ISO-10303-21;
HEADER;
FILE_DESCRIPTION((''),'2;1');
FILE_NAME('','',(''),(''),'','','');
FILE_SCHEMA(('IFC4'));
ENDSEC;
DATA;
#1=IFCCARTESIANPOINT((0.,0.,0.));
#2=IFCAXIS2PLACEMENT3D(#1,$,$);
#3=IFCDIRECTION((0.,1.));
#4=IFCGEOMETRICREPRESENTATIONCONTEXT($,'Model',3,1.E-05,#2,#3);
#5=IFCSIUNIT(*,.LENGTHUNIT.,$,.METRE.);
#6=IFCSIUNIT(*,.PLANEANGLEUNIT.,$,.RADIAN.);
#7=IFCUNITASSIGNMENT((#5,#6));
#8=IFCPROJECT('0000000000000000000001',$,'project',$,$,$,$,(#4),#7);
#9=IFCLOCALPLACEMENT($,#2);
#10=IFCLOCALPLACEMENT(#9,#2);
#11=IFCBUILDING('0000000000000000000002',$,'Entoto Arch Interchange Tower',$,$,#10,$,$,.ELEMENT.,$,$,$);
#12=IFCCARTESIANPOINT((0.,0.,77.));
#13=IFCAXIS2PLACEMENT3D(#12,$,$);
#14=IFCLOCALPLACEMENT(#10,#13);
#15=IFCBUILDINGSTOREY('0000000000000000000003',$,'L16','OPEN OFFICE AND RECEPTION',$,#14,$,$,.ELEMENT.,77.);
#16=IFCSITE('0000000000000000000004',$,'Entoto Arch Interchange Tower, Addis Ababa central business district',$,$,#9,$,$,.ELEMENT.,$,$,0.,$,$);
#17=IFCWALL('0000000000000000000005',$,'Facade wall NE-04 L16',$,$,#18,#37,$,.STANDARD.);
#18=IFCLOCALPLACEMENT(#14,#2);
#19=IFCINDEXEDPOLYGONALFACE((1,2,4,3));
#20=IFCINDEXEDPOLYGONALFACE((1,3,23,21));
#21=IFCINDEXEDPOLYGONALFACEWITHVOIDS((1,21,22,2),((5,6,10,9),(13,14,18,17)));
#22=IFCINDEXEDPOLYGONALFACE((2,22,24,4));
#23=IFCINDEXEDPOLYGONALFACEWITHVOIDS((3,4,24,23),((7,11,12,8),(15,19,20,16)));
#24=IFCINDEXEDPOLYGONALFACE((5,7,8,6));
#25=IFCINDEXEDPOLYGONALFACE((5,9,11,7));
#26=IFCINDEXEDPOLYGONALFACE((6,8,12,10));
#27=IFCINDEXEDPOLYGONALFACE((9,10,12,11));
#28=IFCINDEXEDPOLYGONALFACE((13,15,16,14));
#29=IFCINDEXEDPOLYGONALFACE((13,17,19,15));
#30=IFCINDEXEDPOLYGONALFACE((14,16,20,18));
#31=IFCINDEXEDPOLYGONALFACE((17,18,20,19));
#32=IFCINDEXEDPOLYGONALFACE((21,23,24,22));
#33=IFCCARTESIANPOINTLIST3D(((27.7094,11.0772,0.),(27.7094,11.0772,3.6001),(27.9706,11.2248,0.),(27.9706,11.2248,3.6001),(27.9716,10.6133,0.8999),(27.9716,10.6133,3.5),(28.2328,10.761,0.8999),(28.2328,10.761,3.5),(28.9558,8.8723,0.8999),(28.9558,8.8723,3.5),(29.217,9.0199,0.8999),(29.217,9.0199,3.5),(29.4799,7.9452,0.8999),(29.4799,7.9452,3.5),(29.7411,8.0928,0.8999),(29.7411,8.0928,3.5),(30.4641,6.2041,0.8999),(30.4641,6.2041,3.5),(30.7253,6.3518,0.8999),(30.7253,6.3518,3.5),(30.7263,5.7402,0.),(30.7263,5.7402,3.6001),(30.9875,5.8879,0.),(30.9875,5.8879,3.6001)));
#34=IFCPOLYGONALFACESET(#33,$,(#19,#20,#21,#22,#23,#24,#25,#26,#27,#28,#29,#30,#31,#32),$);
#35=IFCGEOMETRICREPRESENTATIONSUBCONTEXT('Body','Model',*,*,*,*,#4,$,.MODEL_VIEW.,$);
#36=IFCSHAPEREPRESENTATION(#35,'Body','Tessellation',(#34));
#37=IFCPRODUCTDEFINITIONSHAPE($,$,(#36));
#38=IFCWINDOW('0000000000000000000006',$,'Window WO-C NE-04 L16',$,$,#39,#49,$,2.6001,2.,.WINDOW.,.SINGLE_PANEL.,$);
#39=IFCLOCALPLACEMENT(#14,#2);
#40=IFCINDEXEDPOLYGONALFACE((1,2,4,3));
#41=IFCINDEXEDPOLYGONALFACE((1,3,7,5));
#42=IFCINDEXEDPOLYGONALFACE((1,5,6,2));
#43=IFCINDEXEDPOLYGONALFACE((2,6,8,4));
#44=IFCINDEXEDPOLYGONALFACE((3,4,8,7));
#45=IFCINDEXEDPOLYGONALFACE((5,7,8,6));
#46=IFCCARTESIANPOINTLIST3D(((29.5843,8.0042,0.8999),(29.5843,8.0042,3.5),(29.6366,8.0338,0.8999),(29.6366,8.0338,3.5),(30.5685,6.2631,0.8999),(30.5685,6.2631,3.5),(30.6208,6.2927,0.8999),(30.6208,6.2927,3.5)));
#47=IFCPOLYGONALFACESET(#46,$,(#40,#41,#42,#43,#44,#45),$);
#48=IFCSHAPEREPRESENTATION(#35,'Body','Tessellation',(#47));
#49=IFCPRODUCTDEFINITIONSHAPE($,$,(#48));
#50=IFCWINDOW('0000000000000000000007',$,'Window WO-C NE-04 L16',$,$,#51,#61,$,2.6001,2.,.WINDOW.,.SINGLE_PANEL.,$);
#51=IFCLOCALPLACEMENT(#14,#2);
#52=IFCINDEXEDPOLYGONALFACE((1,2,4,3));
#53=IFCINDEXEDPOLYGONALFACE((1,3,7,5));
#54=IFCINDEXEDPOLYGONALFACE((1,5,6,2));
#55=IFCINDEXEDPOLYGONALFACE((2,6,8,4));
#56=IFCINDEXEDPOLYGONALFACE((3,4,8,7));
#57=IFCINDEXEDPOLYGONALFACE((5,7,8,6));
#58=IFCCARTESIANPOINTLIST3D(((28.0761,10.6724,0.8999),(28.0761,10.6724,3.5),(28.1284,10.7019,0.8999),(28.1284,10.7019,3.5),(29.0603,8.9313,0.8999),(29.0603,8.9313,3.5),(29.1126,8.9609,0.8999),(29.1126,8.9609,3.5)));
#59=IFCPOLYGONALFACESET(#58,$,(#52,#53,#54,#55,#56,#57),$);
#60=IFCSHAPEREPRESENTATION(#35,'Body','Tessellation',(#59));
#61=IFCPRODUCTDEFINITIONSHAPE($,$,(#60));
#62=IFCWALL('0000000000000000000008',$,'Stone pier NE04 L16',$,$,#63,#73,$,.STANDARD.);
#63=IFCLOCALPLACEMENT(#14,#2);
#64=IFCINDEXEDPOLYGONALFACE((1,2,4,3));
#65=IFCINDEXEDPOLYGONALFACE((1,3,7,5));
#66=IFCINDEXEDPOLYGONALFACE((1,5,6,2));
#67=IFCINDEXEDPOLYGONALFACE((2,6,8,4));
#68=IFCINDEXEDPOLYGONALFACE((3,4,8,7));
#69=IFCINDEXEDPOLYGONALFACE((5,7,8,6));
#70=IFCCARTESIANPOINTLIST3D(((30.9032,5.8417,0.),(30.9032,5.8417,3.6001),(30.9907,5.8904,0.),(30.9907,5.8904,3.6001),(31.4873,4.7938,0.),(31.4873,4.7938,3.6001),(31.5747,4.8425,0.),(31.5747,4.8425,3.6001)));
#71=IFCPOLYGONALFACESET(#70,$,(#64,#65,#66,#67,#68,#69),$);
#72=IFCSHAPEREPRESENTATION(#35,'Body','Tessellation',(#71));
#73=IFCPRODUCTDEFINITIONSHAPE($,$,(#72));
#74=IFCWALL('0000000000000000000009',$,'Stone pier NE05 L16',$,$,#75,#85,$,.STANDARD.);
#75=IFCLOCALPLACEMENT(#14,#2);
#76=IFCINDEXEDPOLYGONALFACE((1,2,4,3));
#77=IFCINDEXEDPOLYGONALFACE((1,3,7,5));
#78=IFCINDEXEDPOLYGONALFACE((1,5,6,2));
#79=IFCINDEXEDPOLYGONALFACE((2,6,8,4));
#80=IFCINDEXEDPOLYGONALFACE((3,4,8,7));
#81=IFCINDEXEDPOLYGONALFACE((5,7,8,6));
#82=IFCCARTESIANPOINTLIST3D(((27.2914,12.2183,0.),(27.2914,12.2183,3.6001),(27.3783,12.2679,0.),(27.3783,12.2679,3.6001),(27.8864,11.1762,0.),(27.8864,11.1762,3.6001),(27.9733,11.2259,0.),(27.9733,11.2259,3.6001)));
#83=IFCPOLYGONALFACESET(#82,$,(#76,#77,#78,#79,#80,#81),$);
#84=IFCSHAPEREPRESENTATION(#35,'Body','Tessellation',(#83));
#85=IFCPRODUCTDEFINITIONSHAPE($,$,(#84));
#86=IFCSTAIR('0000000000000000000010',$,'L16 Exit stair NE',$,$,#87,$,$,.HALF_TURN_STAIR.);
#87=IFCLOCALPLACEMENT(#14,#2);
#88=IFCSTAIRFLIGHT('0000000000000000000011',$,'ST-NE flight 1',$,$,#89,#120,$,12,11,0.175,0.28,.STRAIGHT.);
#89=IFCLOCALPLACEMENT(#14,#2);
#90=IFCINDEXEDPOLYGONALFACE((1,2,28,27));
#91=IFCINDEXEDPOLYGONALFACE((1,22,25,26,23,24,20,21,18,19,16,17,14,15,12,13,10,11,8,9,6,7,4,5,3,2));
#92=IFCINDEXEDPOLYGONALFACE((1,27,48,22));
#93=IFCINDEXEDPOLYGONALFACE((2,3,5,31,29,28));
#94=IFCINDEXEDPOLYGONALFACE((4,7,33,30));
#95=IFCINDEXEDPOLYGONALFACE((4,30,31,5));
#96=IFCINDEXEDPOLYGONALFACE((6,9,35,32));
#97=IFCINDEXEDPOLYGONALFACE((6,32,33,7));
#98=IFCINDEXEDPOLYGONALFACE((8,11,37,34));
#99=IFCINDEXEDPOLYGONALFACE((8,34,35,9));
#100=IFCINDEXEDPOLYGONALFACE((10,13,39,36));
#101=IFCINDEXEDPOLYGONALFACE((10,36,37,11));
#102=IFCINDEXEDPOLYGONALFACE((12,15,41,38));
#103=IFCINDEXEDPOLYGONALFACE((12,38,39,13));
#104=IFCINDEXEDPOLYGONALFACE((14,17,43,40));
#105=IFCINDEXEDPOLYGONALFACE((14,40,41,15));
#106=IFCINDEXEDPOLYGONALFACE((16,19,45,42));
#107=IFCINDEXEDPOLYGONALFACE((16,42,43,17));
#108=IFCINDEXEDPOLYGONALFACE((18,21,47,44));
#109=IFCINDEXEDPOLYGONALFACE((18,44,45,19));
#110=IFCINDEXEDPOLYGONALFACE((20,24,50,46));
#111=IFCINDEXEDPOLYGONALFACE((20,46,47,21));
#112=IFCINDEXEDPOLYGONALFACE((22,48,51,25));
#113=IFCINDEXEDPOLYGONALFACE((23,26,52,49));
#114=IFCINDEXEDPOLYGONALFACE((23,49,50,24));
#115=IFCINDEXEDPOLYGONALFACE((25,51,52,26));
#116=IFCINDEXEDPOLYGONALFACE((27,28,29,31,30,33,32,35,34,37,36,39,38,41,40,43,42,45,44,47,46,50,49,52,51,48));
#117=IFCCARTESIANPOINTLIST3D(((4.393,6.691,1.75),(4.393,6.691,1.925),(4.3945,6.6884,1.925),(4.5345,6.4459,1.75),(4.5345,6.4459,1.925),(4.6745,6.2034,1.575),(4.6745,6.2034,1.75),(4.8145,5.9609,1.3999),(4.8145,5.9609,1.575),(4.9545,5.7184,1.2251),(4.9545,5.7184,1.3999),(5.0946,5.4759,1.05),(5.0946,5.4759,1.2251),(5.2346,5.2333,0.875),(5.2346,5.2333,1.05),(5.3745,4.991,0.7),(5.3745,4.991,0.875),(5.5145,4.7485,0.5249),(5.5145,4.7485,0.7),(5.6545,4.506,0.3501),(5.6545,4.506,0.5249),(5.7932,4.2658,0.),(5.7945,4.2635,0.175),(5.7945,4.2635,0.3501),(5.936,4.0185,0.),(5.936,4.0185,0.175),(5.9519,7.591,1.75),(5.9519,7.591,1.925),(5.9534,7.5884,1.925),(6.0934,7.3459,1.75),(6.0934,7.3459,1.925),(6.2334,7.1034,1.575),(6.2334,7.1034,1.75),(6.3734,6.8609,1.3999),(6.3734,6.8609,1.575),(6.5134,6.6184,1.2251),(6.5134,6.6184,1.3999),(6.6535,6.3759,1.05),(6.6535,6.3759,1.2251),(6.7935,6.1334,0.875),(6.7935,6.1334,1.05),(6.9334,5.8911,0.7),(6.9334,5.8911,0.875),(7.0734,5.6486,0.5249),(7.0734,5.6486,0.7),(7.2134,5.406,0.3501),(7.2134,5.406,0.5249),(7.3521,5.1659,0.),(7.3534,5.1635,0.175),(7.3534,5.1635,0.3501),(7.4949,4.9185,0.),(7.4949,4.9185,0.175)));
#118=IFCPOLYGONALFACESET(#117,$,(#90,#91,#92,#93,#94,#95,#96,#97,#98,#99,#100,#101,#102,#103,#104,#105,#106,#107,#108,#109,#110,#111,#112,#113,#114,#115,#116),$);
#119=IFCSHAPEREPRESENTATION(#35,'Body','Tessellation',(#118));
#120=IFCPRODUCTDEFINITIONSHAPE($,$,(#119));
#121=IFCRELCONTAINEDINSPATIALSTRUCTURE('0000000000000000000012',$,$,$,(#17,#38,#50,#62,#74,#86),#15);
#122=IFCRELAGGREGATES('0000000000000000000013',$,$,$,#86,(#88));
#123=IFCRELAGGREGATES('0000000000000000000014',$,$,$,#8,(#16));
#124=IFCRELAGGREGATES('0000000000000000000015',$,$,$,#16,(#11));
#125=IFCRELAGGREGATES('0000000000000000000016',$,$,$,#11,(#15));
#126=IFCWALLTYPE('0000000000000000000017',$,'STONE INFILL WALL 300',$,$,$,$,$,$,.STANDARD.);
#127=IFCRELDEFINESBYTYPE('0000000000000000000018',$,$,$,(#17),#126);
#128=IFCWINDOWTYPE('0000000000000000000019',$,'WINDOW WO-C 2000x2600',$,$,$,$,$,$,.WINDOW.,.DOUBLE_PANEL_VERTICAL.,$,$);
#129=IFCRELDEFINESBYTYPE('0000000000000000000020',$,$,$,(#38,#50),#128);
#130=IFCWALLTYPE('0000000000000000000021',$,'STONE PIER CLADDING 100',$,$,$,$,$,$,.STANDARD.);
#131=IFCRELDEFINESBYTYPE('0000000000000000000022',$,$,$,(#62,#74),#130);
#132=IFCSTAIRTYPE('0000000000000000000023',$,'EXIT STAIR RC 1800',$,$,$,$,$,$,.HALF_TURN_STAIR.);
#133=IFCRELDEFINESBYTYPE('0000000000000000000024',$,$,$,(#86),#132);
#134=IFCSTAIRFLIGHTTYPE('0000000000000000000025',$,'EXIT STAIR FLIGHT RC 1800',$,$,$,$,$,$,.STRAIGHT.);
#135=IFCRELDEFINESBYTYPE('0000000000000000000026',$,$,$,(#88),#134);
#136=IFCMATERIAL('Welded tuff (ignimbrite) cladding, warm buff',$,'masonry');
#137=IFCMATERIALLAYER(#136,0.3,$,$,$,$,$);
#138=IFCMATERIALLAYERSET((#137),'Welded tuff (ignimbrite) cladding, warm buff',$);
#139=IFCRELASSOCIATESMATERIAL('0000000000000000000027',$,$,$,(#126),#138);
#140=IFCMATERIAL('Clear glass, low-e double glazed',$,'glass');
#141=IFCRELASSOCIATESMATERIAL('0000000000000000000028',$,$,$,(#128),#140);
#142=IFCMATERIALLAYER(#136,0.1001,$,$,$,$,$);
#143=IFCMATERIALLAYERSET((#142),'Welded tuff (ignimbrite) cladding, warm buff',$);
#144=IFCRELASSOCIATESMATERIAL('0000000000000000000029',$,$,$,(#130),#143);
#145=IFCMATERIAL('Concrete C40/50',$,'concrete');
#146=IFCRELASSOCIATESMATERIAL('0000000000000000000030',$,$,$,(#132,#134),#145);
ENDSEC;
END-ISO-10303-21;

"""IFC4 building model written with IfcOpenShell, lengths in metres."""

from ifc_helpers import new_model, si_unit, direction, frame, frame_2d, origin, place, context, subcontext, project, spatial, polyline, rectangle, outline, extrude, material, layer, layer_set, type_object, element, fill, aggregate, save


model = new_model("IFC4")

# Units and contexts
model_context = context("Model", 3, precision=1e-05, world=origin(), true_north=direction((0.0, 1.0)))
body_context = subcontext(model_context, "Body", "Model", "MODEL_VIEW")
ifc_project = project(units=[si_unit("LENGTHUNIT", "METRE"), si_unit("PLANEANGLEUNIT", "RADIAN")], contexts=[model_context])

# Site, building, storey
site_placement = place(None, origin())
site = spatial("IfcSite", under=ifc_project, at=site_placement, Name="Entoto Arch Interchange Tower, Addis Ababa central business district", CompositionType="ELEMENT", RefElevation=0.0)
building_placement = place(site_placement, origin())
building = spatial("IfcBuilding", under=site, at=building_placement, Name="Entoto Arch Interchange Tower", CompositionType="ELEMENT")
storey_placement = place(building_placement, frame((0.0, 0.0, 77.0)))
storey = spatial("IfcBuildingStorey", under=building, at=storey_placement, Name="L16", Description="OPEN OFFICE AND RECEPTION", CompositionType="ELEMENT", Elevation=77.0)

# Shared definitions
ifc_material_1 = material(Name="Concrete C40/50", Category="concrete")

# Wall, openings, windows
ifc_material_2 = material(Name="Welded tuff (ignimbrite) cladding, warm buff", Category="masonry")
ifc_layer_1 = layer(ifc_material_2, 0.3)
ifc_layer_set_1 = layer_set([ifc_layer_1], Name="Welded tuff (ignimbrite) cladding, warm buff")
wall_type_1 = type_object("IfcWallType", Name="STONE INFILL WALL 300", PredefinedType="STANDARD", material=ifc_layer_set_1)
wall_1_placement = place(storey_placement, frame((30.8569, 5.814, 0.0), z_axis=(0.0, 0.0, 1.0), x_axis=(-0.492098, 0.87054, 0.0)))
wall_1 = element("IfcWall", 1, at=wall_1_placement, inside=storey, type_object=wall_type_1, Name="Facade wall NE-04 L16", PredefinedType="STANDARD", context=body_context, shape_type="SweptSolid", body=[
    extrude(rectangle(XDim=6.1306, YDim=0.3, at=frame_2d((3.0654, 0.0))), origin(), (0.0, 0.0, 1.0), 3.6001),
])
opening_1_placement = place(wall_1_placement, frame((0.533, 0.0, 0.8999)))
opening_1 = element("IfcOpeningElement", 2, at=opening_1_placement, cuts=wall_1, PredefinedType="OPENING", context=body_context, shape_type="SweptSolid", body=[
    extrude(rectangle(XDim=2.0, YDim=2.6001, at=frame_2d((1.0, 1.3))), frame((0.0, 0.1602, 0.0), z_axis=(0.0, -1.0, 0.0), x_axis=(1.0, 0.0, 0.0)), (0.0, 0.0, 1.0), 0.3201),
])
opening_2_placement = place(wall_1_placement, frame((3.5979, 0.0, 0.8999)))
opening_2 = element("IfcOpeningElement", 3, at=opening_2_placement, cuts=wall_1, PredefinedType="OPENING", context=body_context, shape_type="SweptSolid", body=[
    extrude(rectangle(XDim=2.0, YDim=2.6001, at=frame_2d((1.0, 1.3))), frame((0.0, 0.1602, 0.0), z_axis=(0.0, -1.0, 0.0), x_axis=(1.0, 0.0, 0.0)), (0.0, 0.0, 1.0), 0.3201),
])
ifc_material_3 = material(Name="Clear glass, low-e double glazed", Category="glass")
window_type = type_object("IfcWindowType", Name="WINDOW WO-C 2000x2600", PartitioningType="DOUBLE_PANEL_VERTICAL", PredefinedType="WINDOW", material=ifc_material_3)
window_1_placement = place(opening_1_placement, origin())
window_1 = element("IfcWindow", 4, at=window_1_placement, inside=storey, type_object=window_type, Name="Window WO-C NE-04 L16", OverallHeight=2.6001, OverallWidth=2.0, PartitioningType="SINGLE_PANEL", PredefinedType="WINDOW", context=body_context, shape_type="SweptSolid", body=[
    extrude(rectangle(XDim=2.0, YDim=2.6001, at=frame_2d((1.0, 1.3))), frame((0.0, 0.03, 0.0), z_axis=(0.0, -1.0, 0.0), x_axis=(1.0, 0.0, 0.0)), (0.0, 0.0, 1.0), 0.0601),
])
fill(opening_1, window_1)
window_2_placement = place(opening_2_placement, origin())
window_2 = element("IfcWindow", 5, at=window_2_placement, inside=storey, type_object=window_type, Name="Window WO-C NE-04 L16", OverallHeight=2.6001, OverallWidth=2.0, PartitioningType="SINGLE_PANEL", PredefinedType="WINDOW", context=body_context, shape_type="SweptSolid", body=[
    extrude(rectangle(XDim=2.0, YDim=2.6001, at=frame_2d((1.0, 1.3))), frame((0.0, 0.03, 0.0), z_axis=(0.0, -1.0, 0.0), x_axis=(1.0, 0.0, 0.0)), (0.0, 0.0, 1.0), 0.0601),
])
fill(opening_2, window_2)

# Walls
ifc_layer_2 = layer(ifc_material_2, 0.1001)
ifc_layer_set_2 = layer_set([ifc_layer_2], Name="Welded tuff (ignimbrite) cladding, warm buff")
wall_type_2 = type_object("IfcWallType", Name="STONE PIER CLADDING 100", PredefinedType="STANDARD", material=ifc_layer_set_2)
wall_2_placement = place(storey_placement, frame((31.531, 4.8181, 0.0), z_axis=(0.0, 0.0, 1.0), x_axis=(-0.486818, 0.873504, 0.0)))
element("IfcWall", 6, at=wall_2_placement, inside=storey, type_object=wall_type_2, Name="Stone pier NE04 L16", PredefinedType="STANDARD", context=body_context, shape_type="SweptSolid", body=[
    extrude(rectangle(XDim=1.1997, YDim=0.1001, at=frame_2d((0.5999, 0.0))), origin(), (0.0, 0.0, 1.0), 3.6001),
])
wall_3_placement = place(storey_placement, frame((27.9299, 11.2009, 0.0), z_axis=(0.0, 0.0, 1.0), x_axis=(-0.495854, 0.868406, 0.0)))
element("IfcWall", 7, at=wall_3_placement, inside=storey, type_object=wall_type_2, Name="Stone pier NE05 L16", PredefinedType="STANDARD", context=body_context, shape_type="SweptSolid", body=[
    extrude(rectangle(XDim=1.2, YDim=0.1001, at=frame_2d((0.6001, 0.0))), origin(), (0.0, 0.0, 1.0), 3.6001),
])

# Stair, stair flight
stair_type = type_object("IfcStairType", Name="EXIT STAIR RC 1800", PredefinedType="HALF_TURN_STAIR", material=ifc_material_1)
stair_placement = place(storey_placement, origin())
stair = element("IfcStair", 8, at=stair_placement, inside=storey, type_object=stair_type, Name="L16 Exit stair NE", PredefinedType="HALF_TURN_STAIR")
stair_flight_type = type_object("IfcStairFlightType", Name="EXIT STAIR FLIGHT RC 1800", PredefinedType="STRAIGHT", material=ifc_material_1)
stair_flight_placement = place(storey_placement, frame((6.7139, 4.4709, 0.0), z_axis=(0.0, 0.0, 1.0), x_axis=(-0.5, 0.866025, 0.0)))
stair_flight = element("IfcStairFlight", 9, at=stair_flight_placement, type_object=stair_flight_type, Name="ST-NE flight 1", NumberOfRisers=12, NumberOfTreads=11, PredefinedType="STRAIGHT", RiserHeight=0.175, TreadLength=0.28, context=body_context, shape_type="SweptSolid", body=[
    extrude(outline(polyline([(-0.0029, 0.0), (-0.0029, 0.175), (0.28, 0.175), (0.28, 0.3501), (0.5601, 0.3501), (0.5601, 0.5249), (0.8401, 0.5249), (0.8401, 0.7), (1.1201, 0.7), (1.1201, 0.875), (1.3999, 0.875), (1.3999, 1.05), (1.6799, 1.05), (1.6799, 1.2251), (1.96, 1.2251), (1.96, 1.3999), (2.24, 1.3999), (2.24, 1.575), (2.52, 1.575), (2.52, 1.75), (2.8, 1.75), (2.8, 1.925), (3.0801, 1.925), (3.083, 1.925), (3.083, 1.75), (0.2827, 0.0), (-0.0029, 0.0)])), frame((0.0, 0.8999, 0.0), z_axis=(0.0, -1.0, 0.0), x_axis=(1.0, 0.0, 0.0)), (0.0, 0.0, 1.0), 1.8),
])
aggregate(stair, [stair_flight])

save(model, "model.ifc")
